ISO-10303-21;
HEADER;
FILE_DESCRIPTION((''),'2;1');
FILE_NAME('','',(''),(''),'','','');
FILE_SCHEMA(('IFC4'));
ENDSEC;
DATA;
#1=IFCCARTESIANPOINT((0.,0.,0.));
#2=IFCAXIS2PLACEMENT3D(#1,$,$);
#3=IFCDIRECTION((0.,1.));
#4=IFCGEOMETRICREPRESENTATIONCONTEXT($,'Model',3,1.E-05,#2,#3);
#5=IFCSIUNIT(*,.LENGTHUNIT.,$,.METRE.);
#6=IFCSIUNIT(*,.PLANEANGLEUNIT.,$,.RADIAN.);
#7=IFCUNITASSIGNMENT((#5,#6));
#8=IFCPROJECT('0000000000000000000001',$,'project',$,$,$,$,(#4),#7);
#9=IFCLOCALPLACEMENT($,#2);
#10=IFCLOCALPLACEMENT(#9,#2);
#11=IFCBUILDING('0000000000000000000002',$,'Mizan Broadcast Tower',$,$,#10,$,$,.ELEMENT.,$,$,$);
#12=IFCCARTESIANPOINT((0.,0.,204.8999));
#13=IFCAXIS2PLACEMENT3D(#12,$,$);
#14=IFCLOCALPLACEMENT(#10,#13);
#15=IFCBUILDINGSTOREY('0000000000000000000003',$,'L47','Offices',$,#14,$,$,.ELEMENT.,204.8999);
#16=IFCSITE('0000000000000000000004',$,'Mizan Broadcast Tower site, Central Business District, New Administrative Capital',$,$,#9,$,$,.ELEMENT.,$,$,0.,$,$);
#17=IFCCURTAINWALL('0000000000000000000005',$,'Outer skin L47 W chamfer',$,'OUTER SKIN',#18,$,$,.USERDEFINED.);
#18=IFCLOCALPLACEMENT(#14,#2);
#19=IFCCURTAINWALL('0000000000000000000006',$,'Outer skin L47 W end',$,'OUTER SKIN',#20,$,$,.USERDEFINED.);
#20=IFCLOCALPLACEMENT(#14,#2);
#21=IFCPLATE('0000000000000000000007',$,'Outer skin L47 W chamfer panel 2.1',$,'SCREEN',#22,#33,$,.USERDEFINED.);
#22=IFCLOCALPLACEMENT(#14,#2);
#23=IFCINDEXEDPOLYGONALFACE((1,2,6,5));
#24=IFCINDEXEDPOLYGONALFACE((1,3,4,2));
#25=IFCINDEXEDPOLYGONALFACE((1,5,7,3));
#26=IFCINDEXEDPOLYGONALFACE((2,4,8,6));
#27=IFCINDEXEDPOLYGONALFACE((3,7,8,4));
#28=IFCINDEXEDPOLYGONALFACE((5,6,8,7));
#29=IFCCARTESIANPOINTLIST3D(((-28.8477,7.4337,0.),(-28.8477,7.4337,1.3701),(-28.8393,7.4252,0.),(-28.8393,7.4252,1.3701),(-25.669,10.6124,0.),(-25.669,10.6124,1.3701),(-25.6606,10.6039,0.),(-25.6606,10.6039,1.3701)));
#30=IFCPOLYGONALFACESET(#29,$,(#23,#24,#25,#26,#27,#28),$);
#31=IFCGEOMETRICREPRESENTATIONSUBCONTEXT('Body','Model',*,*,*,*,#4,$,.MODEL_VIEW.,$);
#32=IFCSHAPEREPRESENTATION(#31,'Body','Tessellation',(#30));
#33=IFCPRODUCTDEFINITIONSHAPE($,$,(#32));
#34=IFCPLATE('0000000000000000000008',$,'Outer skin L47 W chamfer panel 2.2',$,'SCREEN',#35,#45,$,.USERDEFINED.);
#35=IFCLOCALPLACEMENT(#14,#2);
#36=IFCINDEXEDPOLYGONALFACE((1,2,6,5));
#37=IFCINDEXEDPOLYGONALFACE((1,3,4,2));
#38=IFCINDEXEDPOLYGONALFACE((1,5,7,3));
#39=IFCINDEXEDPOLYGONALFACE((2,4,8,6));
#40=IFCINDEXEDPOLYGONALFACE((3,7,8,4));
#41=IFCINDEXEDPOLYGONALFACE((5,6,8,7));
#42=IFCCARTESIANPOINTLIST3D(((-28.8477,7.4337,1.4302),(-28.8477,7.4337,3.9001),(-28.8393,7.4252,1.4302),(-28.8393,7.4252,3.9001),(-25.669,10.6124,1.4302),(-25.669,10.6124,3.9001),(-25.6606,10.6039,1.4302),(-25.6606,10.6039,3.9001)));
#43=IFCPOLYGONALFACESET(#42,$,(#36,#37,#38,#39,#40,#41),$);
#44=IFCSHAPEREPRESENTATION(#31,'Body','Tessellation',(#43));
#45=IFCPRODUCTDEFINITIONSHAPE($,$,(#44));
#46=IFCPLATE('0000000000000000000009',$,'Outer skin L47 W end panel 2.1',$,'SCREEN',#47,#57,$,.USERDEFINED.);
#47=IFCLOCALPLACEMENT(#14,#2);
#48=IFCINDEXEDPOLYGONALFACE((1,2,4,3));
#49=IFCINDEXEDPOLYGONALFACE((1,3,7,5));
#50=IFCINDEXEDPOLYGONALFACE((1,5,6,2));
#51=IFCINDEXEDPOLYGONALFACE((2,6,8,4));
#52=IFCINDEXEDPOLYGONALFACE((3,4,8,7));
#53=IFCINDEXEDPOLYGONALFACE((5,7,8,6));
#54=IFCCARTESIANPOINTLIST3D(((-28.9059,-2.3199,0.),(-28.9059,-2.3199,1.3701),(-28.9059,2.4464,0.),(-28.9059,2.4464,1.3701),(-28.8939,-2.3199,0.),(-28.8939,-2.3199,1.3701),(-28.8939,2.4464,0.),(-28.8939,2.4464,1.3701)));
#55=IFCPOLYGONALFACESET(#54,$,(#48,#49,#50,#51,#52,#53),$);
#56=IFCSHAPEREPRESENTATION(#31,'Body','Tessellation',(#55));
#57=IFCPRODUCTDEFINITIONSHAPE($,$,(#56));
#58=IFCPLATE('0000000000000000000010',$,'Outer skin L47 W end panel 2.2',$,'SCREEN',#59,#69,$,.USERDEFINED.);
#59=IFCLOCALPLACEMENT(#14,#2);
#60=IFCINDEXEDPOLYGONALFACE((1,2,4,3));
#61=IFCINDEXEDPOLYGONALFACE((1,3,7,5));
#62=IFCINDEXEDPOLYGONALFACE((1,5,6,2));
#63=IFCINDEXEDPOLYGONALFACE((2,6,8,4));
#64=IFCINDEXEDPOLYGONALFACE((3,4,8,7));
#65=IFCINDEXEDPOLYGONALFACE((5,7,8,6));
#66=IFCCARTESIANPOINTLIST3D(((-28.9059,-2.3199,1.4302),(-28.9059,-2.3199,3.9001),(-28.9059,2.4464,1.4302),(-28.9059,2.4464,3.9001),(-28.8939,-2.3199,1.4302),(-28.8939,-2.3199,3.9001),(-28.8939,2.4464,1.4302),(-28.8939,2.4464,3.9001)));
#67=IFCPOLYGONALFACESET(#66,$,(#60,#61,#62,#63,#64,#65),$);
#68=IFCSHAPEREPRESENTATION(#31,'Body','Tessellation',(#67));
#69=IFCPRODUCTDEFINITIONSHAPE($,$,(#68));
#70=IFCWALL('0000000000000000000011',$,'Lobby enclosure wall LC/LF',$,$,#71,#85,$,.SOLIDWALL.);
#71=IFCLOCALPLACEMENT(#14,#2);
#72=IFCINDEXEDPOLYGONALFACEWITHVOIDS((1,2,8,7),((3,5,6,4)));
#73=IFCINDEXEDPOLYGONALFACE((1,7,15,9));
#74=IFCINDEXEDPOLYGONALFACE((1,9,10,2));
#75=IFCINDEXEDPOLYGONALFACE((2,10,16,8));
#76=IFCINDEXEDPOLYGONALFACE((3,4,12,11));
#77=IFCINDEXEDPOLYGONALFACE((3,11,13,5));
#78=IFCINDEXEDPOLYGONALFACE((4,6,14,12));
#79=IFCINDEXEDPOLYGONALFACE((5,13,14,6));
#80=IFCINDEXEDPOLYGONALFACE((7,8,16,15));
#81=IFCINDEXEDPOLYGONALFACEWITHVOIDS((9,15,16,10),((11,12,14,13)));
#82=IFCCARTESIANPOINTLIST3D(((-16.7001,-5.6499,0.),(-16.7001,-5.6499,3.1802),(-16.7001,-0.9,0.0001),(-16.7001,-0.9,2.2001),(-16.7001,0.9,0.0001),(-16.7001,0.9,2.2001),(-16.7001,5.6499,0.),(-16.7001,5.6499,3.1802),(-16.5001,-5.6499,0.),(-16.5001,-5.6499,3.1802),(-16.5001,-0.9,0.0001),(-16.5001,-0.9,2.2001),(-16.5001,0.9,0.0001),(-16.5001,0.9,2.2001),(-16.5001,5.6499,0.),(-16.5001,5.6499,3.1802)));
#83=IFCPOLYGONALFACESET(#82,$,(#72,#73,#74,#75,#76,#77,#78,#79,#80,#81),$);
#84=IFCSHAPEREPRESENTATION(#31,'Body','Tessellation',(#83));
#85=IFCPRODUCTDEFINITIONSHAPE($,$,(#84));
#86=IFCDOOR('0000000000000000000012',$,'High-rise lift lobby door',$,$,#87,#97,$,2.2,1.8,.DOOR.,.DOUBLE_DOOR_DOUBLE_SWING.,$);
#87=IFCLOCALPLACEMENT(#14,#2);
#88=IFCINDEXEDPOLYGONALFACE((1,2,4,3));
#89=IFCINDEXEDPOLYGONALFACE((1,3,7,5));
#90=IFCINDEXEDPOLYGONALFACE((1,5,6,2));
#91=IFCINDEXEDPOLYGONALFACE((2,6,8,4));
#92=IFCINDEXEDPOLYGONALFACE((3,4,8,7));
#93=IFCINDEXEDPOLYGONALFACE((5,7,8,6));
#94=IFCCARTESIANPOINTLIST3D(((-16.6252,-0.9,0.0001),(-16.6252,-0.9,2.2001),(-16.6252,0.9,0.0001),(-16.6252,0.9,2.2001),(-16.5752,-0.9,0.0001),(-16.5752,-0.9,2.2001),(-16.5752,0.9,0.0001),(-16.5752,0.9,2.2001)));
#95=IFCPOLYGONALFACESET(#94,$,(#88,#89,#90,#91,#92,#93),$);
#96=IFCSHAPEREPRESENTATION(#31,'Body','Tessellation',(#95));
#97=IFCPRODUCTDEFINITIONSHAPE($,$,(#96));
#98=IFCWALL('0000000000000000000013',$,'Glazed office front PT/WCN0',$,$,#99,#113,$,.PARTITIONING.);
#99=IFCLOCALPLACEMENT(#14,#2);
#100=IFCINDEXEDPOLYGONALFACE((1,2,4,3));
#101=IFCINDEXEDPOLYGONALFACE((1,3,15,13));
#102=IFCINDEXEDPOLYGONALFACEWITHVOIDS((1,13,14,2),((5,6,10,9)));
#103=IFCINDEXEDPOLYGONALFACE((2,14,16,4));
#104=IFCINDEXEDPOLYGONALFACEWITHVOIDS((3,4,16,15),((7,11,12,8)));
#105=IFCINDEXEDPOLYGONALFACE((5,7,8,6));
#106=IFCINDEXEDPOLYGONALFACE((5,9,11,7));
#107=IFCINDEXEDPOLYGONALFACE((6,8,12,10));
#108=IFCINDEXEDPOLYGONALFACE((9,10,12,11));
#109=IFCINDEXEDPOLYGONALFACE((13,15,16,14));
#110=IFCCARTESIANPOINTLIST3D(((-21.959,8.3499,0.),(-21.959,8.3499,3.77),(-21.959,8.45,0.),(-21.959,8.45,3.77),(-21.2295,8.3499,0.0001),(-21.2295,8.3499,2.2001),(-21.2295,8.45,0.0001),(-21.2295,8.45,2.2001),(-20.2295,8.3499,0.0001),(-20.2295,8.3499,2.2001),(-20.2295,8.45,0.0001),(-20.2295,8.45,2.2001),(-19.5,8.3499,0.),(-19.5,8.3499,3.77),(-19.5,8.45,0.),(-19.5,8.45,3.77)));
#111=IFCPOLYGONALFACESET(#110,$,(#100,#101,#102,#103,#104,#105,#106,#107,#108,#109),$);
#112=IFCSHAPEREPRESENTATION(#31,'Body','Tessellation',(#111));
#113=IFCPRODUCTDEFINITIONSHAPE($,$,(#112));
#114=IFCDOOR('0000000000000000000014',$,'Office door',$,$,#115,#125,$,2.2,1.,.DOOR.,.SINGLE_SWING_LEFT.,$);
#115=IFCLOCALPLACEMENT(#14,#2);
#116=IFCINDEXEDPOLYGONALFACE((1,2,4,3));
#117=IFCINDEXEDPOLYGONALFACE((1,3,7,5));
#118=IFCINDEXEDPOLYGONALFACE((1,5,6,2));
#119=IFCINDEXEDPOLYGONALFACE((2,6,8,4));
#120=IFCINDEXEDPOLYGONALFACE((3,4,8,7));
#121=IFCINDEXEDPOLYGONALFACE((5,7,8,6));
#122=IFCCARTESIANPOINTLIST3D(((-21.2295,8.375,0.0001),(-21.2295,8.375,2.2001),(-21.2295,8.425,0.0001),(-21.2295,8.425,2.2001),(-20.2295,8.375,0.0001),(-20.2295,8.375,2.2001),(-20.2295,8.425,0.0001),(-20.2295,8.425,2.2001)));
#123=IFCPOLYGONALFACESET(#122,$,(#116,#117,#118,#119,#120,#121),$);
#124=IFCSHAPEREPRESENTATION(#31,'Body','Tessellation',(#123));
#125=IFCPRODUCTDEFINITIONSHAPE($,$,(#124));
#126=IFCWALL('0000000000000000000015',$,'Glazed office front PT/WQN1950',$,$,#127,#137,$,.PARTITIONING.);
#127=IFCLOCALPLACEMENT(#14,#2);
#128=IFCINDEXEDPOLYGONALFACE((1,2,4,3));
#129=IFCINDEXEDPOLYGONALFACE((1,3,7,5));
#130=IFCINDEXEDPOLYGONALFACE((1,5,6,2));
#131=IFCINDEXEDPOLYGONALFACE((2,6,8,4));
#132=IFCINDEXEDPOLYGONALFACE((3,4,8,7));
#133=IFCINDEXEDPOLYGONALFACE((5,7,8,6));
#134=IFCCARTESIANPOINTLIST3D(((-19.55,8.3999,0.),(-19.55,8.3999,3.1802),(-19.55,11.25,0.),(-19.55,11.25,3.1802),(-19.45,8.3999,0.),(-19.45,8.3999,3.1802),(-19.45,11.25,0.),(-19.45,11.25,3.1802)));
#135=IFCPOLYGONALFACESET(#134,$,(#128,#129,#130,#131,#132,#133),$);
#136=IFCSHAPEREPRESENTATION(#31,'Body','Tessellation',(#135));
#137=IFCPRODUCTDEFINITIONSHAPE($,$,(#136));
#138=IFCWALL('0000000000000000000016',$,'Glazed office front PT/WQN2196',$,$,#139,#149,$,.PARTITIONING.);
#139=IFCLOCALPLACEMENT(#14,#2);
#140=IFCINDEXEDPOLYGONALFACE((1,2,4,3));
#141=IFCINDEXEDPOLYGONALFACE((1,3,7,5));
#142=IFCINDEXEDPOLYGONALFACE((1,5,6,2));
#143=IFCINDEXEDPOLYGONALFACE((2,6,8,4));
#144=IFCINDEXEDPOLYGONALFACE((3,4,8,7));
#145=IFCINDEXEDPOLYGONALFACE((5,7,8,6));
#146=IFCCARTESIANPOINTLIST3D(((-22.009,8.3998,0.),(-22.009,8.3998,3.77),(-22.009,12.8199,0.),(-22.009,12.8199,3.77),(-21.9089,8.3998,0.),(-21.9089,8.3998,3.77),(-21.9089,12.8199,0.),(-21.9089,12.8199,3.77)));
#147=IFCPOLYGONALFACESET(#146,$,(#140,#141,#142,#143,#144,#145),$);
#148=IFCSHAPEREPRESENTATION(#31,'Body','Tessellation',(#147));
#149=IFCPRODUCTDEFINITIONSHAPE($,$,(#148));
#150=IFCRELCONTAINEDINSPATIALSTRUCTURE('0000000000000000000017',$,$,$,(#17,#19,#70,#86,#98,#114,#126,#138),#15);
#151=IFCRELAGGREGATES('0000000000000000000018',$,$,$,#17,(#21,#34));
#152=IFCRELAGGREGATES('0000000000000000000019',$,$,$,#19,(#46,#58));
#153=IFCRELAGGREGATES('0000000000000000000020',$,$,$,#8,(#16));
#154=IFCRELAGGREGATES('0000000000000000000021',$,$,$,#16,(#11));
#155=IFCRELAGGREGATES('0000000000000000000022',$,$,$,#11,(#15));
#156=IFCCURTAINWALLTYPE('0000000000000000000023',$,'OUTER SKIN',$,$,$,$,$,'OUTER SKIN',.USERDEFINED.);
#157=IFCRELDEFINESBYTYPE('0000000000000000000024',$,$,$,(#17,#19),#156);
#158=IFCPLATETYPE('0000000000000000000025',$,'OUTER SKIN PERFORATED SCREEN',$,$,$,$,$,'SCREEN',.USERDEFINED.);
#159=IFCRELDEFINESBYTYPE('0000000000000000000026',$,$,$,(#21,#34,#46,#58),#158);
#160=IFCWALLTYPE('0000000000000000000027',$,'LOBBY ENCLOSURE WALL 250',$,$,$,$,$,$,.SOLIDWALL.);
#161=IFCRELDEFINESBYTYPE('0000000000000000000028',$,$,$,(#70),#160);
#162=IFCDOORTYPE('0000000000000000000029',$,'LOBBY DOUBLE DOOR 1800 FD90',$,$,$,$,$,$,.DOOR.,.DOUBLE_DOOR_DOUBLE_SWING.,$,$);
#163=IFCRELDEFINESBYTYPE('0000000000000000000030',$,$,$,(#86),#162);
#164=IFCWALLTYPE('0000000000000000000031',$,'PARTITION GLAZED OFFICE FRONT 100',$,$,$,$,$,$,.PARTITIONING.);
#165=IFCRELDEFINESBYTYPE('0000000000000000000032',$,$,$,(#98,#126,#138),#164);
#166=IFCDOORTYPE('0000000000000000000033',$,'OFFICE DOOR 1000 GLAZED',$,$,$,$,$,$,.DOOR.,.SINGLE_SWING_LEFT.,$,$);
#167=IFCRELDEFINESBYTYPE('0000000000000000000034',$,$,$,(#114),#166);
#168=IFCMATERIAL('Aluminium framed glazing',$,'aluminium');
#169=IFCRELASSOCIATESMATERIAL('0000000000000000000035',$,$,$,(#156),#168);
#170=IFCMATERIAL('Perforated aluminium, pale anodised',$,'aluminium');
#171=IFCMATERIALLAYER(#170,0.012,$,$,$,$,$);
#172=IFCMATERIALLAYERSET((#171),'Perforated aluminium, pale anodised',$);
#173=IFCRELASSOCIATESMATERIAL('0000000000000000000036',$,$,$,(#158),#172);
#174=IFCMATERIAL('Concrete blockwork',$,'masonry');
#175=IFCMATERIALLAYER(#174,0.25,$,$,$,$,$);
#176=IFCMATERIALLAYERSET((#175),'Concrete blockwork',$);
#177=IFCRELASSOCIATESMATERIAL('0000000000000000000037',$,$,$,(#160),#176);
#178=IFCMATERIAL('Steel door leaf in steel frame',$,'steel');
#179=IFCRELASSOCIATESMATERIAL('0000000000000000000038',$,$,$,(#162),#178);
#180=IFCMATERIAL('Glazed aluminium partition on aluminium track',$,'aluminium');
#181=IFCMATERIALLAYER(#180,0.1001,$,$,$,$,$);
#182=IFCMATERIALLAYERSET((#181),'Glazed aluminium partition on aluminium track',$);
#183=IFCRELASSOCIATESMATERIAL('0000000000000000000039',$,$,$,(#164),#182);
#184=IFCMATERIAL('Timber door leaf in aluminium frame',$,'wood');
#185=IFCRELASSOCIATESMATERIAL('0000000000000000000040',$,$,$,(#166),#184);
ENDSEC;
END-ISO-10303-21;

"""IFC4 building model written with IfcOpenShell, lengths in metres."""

from ifc_helpers import new_model, si_unit, direction, frame, frame_2d, origin, origin_2d, place, context, subcontext, project, spatial, rectangle, extrude, material, layer, layer_set, type_object, element, fill, aggregate, save


model = new_model("IFC4")

# Units and contexts
model_context = context("Model", 3, precision=1e-05, world=origin(), true_north=direction((0.0, 1.0)))
body_context = subcontext(model_context, "Body", "Model", "MODEL_VIEW")
ifc_project = project(units=[si_unit("LENGTHUNIT", "METRE"), si_unit("PLANEANGLEUNIT", "RADIAN")], contexts=[model_context])

# Site, building, storey
site_placement = place(None, origin())
site = spatial("IfcSite", under=ifc_project, at=site_placement, Name="Mizan Broadcast Tower site, Central Business District, New Administrative Capital", CompositionType="ELEMENT", RefElevation=0.0)
building_placement = place(site_placement, origin())
building = spatial("IfcBuilding", under=site, at=building_placement, Name="Mizan Broadcast Tower", CompositionType="ELEMENT")
storey_placement = place(building_placement, frame((0.0, 0.0, 204.8999)))
storey = spatial("IfcBuildingStorey", under=building, at=storey_placement, Name="L47", Description="Offices", CompositionType="ELEMENT", Elevation=204.8999)

# Curtain wall
ifc_material_1 = material(Name="Aluminium framed glazing", Category="aluminium")
curtain_wall_type_1 = type_object("IfcCurtainWallType", Name="OUTER SKIN", ElementType="OUTER SKIN", PredefinedType="USERDEFINED", material=ifc_material_1)
curtain_wall_1_placement = place(storey_placement, origin())
curtain_wall_1 = element("IfcCurtainWall", 1, at=curtain_wall_1_placement, inside=storey, type_object=curtain_wall_type_1, Name="Outer skin L47 W chamfer", ObjectType="OUTER SKIN", PredefinedType="USERDEFINED")

# Curtain wall
curtain_wall_2_placement = place(storey_placement, origin())
curtain_wall_2 = element("IfcCurtainWall", 2, at=curtain_wall_2_placement, inside=storey, type_object=curtain_wall_type_1, Name="Outer skin L47 W end", ObjectType="OUTER SKIN", PredefinedType="USERDEFINED")

# Plates
ifc_material_2 = material(Name="Perforated aluminium, pale anodised", Category="aluminium")
ifc_layer_1 = layer(ifc_material_2, 0.012)
ifc_layer_set_1 = layer_set([ifc_layer_1], Name="Perforated aluminium, pale anodised")
plate_type_1 = type_object("IfcPlateType", Name="OUTER SKIN PERFORATED SCREEN", ElementType="SCREEN", PredefinedType="USERDEFINED", material=ifc_layer_set_1)
plate_1_placement = place(storey_placement, frame((-27.2542, 9.0188, 0.0), z_axis=(0.0, 0.0, 1.0), x_axis=(-0.707107, -0.707107, 0.0)))
plate_1 = element("IfcPlate", 3, at=plate_1_placement, type_object=plate_type_1, Name="Outer skin L47 W chamfer panel 2.1", ObjectType="SCREEN", PredefinedType="USERDEFINED", context=body_context, shape_type="SweptSolid", body=[
    extrude(rectangle(XDim=4.4954, YDim=0.012, at=origin_2d()), origin(), (0.0, 0.0, 1.0), 1.3701),
])
plate_2_placement = place(storey_placement, frame((-27.2542, 9.0188, 1.4302), z_axis=(0.0, 0.0, 1.0), x_axis=(-0.707107, -0.707107, 0.0)))
plate_2 = element("IfcPlate", 4, at=plate_2_placement, type_object=plate_type_1, Name="Outer skin L47 W chamfer panel 2.2", ObjectType="SCREEN", PredefinedType="USERDEFINED", context=body_context, shape_type="SweptSolid", body=[
    extrude(rectangle(XDim=4.4954, YDim=0.012, at=origin_2d()), origin(), (0.0, 0.0, 1.0), 2.47),
])
aggregate(curtain_wall_1, [plate_1, plate_2])
plate_3_placement = place(storey_placement, frame((-28.8999, 0.0632, 0.0), z_axis=(0.0, 0.0, 1.0), x_axis=(0.0, -1.0, 0.0)))
plate_3 = element("IfcPlate", 5, at=plate_3_placement, type_object=plate_type_1, Name="Outer skin L47 W end panel 2.1", ObjectType="SCREEN", PredefinedType="USERDEFINED", context=body_context, shape_type="SweptSolid", body=[
    extrude(rectangle(XDim=4.7664, YDim=0.012, at=origin_2d()), origin(), (0.0, 0.0, 1.0), 1.3701),
])
plate_4_placement = place(storey_placement, frame((-28.8999, 0.0632, 1.4302), z_axis=(0.0, 0.0, 1.0), x_axis=(0.0, -1.0, 0.0)))
plate_4 = element("IfcPlate", 6, at=plate_4_placement, type_object=plate_type_1, Name="Outer skin L47 W end panel 2.2", ObjectType="SCREEN", PredefinedType="USERDEFINED", context=body_context, shape_type="SweptSolid", body=[
    extrude(rectangle(XDim=4.7664, YDim=0.012, at=origin_2d()), origin(), (0.0, 0.0, 1.0), 2.47),
])
aggregate(curtain_wall_2, [plate_3, plate_4])

# Walls, openings, doors
ifc_material_3 = material(Name="Concrete blockwork", Category="masonry")
ifc_layer_2 = layer(ifc_material_3, 0.25)
ifc_layer_set_2 = layer_set([ifc_layer_2], Name="Concrete blockwork")
wall_type_1 = type_object("IfcWallType", Name="LOBBY ENCLOSURE WALL 250", PredefinedType="SOLIDWALL", material=ifc_layer_set_2)
wall_1_placement = place(storey_placement, frame((-16.6001, 5.6499, 0.0), z_axis=(0.0, 0.0, 1.0), x_axis=(0.0, -1.0, 0.0)))
wall_1 = element("IfcWall", 7, at=wall_1_placement, inside=storey, type_object=wall_type_1, Name="Lobby enclosure wall LC/LF", PredefinedType="SOLIDWALL", context=body_context, shape_type="SweptSolid", body=[
    extrude(rectangle(XDim=11.2998, YDim=0.2, at=frame_2d((5.6499, 0.0))), origin(), (0.0, 0.0, 1.0), 3.1802),
])
opening_1_placement = place(wall_1_placement, frame((4.75, 0.0, 0.0)))
opening_1 = element("IfcOpeningElement", 8, at=opening_1_placement, cuts=wall_1, PredefinedType="OPENING", context=body_context, shape_type="SweptSolid", body=[
    extrude(rectangle(XDim=1.8, YDim=2.2, at=frame_2d((0.8999, 1.1001))), frame((0.0, 0.1099, 0.0), z_axis=(0.0, -1.0, 0.0), x_axis=(1.0, 0.0, 0.0)), (0.0, 0.0, 1.0), 0.22),
])
ifc_material_4 = material(Name="Steel door leaf in steel frame", Category="steel")
door_type_1 = type_object("IfcDoorType", Name="LOBBY DOUBLE DOOR 1800 FD90", OperationType="DOUBLE_DOOR_DOUBLE_SWING", PredefinedType="DOOR", material=ifc_material_4)
door_1_placement = place(opening_1_placement, origin())
door_1 = element("IfcDoor", 9, at=door_1_placement, inside=storey, type_object=door_type_1, Name="High-rise lift lobby door", OperationType="DOUBLE_DOOR_DOUBLE_SWING", OverallHeight=2.2, OverallWidth=1.8, PredefinedType="DOOR", context=body_context, shape_type="SweptSolid", body=[
    extrude(rectangle(XDim=1.8, YDim=2.2, at=frame_2d((0.8999, 1.1001))), frame((0.0, 0.0249, 0.0), z_axis=(0.0, -1.0, 0.0), x_axis=(1.0, 0.0, 0.0)), (0.0, 0.0, 1.0), 0.05),
])
fill(opening_1, door_1)
ifc_material_5 = material(Name="Glazed aluminium partition on aluminium track", Category="aluminium")
ifc_layer_3 = layer(ifc_material_5, 0.1001)
ifc_layer_set_3 = layer_set([ifc_layer_3], Name="Glazed aluminium partition on aluminium track")
wall_type_2 = type_object("IfcWallType", Name="PARTITION GLAZED OFFICE FRONT 100", PredefinedType="PARTITIONING", material=ifc_layer_set_3)
wall_2_placement = place(storey_placement, frame((-19.5, 8.3999, 0.0), z_axis=(0.0, 0.0, 1.0), x_axis=(-1.0, 0.0, 0.0)))
wall_2 = element("IfcWall", 10, at=wall_2_placement, inside=storey, type_object=wall_type_2, Name="Glazed office front PT/WCN0", PredefinedType="PARTITIONING", context=body_context, shape_type="SweptSolid", body=[
    extrude(rectangle(XDim=2.459, YDim=0.1001, at=frame_2d((1.2295, 0.0))), origin(), (0.0, 0.0, 1.0), 3.77),
])
opening_2_placement = place(wall_2_placement, frame((0.7295, 0.0, 0.0)))
opening_2 = element("IfcOpeningElement", 11, at=opening_2_placement, cuts=wall_2, PredefinedType="OPENING", context=body_context, shape_type="SweptSolid", body=[
    extrude(rectangle(XDim=1.0, YDim=2.2, at=frame_2d((0.5, 1.1001))), frame((0.0, 0.0601, 0.0), z_axis=(0.0, -1.0, 0.0), x_axis=(1.0, 0.0, 0.0)), (0.0, 0.0, 1.0), 0.1201),
])
ifc_material_6 = material(Name="Timber door leaf in aluminium frame", Category="wood")
door_type_2 = type_object("IfcDoorType", Name="OFFICE DOOR 1000 GLAZED", OperationType="SINGLE_SWING_LEFT", PredefinedType="DOOR", material=ifc_material_6)
door_2_placement = place(opening_2_placement, origin())
door_2 = element("IfcDoor", 12, at=door_2_placement, inside=storey, type_object=door_type_2, Name="Office door", OperationType="SINGLE_SWING_LEFT", OverallHeight=2.2, OverallWidth=1.0, PredefinedType="DOOR", context=body_context, shape_type="SweptSolid", body=[
    extrude(rectangle(XDim=1.0, YDim=2.2, at=frame_2d((0.5, 1.1001))), frame((0.0, 0.0249, 0.0), z_axis=(0.0, -1.0, 0.0), x_axis=(1.0, 0.0, 0.0)), (0.0, 0.0, 1.0), 0.05),
])
fill(opening_2, door_2)

# Walls
wall_3_placement = place(storey_placement, frame((-19.5, 8.3999, 0.0), z_axis=(0.0, 0.0, 1.0), x_axis=(0.0, 1.0, 0.0)))
element("IfcWall", 13, at=wall_3_placement, inside=storey, type_object=wall_type_2, Name="Glazed office front PT/WQN1950", PredefinedType="PARTITIONING", context=body_context, shape_type="SweptSolid", body=[
    extrude(rectangle(XDim=2.8501, YDim=0.1001, at=frame_2d((1.425, 0.0))), origin(), (0.0, 0.0, 1.0), 3.1802),
])
wall_4_placement = place(storey_placement, frame((-21.959, 8.3999, 0.0), z_axis=(0.0, 0.0, 1.0), x_axis=(0.0, 1.0, 0.0)))
element("IfcWall", 14, at=wall_4_placement, inside=storey, type_object=wall_type_2, Name="Glazed office front PT/WQN2196", PredefinedType="PARTITIONING", context=body_context, shape_type="SweptSolid", body=[
    extrude(rectangle(XDim=4.4202, YDim=0.1001, at=frame_2d((2.21, 0.0))), origin(), (0.0, 0.0, 1.0), 3.77),
])

save(model, "model.ifc")
